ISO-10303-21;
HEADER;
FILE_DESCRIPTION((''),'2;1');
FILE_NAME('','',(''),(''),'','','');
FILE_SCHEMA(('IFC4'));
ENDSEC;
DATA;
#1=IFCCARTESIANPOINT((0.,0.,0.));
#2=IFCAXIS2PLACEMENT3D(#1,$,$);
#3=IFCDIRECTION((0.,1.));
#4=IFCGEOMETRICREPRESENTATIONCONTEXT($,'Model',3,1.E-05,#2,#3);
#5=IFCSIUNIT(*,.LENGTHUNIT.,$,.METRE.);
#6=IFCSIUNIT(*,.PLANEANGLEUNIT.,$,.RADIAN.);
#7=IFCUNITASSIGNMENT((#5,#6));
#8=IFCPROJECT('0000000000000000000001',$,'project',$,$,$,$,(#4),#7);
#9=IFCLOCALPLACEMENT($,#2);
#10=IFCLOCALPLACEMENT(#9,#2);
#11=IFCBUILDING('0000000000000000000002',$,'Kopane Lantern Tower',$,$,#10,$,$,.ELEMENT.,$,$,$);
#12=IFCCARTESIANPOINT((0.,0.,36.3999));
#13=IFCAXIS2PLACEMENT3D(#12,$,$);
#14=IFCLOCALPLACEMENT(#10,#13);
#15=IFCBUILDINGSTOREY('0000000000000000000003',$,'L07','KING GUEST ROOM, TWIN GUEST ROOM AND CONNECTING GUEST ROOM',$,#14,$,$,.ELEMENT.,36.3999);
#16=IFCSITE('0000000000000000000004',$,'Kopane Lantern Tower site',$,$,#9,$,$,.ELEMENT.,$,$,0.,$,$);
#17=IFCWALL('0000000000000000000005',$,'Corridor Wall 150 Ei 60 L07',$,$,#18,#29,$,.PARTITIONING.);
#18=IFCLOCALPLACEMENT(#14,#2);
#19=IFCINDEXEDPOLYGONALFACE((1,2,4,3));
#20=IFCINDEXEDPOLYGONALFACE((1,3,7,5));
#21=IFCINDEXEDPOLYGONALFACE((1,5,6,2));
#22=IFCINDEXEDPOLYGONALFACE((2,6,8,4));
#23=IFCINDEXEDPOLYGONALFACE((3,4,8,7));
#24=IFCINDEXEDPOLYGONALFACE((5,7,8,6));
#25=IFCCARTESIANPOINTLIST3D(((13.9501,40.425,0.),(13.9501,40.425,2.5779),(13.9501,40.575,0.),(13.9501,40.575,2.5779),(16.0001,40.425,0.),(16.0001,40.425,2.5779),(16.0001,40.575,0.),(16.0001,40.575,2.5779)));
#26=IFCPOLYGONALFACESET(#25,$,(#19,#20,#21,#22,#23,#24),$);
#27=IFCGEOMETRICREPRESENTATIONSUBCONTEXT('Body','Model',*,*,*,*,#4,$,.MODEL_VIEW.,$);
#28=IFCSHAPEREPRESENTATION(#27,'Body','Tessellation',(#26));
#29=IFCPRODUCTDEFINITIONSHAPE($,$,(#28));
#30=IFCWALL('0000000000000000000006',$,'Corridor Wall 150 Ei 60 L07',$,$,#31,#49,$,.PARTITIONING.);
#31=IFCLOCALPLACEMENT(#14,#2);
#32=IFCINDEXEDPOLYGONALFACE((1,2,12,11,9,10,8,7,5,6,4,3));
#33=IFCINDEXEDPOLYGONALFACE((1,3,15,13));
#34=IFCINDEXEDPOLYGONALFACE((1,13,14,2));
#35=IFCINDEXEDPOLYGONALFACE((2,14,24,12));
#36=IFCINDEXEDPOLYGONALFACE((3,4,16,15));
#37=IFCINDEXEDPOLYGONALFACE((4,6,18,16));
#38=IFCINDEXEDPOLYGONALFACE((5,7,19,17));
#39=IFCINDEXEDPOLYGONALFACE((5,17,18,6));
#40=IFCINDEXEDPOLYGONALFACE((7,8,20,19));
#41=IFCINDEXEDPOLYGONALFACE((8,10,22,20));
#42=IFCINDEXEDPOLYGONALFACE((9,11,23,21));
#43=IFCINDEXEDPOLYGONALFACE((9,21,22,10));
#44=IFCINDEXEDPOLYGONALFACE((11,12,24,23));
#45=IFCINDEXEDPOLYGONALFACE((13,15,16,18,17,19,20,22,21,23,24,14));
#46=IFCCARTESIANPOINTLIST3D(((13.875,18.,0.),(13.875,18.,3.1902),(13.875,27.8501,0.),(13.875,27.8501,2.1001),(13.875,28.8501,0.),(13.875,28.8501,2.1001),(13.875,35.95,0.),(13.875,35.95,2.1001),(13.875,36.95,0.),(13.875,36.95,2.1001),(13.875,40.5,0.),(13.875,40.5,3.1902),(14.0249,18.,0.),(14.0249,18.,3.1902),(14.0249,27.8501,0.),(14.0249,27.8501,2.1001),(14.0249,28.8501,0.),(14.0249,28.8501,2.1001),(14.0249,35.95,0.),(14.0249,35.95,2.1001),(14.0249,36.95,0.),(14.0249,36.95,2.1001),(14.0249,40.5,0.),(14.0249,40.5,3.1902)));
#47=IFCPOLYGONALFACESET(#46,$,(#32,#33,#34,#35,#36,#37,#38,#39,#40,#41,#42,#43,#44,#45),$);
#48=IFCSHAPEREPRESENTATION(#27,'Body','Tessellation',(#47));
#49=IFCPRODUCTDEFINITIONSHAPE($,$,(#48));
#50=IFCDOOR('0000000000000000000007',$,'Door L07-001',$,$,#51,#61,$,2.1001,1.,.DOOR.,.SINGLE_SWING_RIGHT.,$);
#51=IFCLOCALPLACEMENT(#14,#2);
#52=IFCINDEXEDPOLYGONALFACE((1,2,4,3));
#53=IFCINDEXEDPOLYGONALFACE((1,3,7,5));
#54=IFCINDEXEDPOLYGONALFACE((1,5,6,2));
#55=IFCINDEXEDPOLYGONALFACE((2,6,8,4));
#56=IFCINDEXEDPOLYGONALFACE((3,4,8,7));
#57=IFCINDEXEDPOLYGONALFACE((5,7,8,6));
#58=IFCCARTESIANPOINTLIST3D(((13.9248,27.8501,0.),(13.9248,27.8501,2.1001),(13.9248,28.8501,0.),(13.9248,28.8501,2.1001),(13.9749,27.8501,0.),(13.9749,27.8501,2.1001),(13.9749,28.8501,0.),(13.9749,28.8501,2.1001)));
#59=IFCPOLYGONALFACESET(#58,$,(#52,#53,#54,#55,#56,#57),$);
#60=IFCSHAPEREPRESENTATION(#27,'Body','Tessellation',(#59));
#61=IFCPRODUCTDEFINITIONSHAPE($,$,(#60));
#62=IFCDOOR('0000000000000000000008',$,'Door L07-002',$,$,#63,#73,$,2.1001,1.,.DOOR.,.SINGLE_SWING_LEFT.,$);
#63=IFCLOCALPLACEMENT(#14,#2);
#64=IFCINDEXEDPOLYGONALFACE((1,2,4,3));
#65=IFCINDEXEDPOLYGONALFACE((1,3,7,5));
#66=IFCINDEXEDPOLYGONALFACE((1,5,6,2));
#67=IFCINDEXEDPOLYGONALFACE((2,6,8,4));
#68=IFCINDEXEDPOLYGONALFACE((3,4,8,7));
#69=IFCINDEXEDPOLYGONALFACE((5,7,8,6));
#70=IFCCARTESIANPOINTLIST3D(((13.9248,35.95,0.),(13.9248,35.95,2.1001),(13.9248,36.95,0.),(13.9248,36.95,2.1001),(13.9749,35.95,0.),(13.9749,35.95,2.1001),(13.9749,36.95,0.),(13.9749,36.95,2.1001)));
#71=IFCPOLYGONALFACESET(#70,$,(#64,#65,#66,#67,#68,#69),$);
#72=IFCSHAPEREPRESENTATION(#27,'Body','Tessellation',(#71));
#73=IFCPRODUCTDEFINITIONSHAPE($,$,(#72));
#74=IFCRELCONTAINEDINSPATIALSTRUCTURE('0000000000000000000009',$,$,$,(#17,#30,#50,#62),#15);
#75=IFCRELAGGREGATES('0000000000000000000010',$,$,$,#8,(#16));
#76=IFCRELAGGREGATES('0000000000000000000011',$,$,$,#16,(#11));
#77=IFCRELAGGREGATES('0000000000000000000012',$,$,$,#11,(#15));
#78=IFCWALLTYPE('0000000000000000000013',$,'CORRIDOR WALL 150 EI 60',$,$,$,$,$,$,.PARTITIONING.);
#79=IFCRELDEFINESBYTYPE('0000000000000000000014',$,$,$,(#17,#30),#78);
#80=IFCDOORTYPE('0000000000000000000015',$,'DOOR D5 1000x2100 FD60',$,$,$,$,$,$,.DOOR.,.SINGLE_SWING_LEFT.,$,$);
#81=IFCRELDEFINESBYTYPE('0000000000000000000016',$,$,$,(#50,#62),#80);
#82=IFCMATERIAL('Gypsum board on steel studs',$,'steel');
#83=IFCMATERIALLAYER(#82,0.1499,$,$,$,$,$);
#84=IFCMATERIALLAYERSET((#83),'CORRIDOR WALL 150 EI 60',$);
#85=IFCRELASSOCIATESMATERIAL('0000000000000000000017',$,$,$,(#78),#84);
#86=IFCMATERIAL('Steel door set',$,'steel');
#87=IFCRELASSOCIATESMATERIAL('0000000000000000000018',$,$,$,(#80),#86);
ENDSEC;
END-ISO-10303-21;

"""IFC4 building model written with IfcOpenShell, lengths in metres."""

from ifc_helpers import new_model, si_unit, direction, frame, frame_2d, origin, place, context, subcontext, project, spatial, rectangle, extrude, material, layer, layer_set, type_object, element, fill, save


model = new_model("IFC4")

# Units and contexts
model_context = context("Model", 3, precision=1e-05, world=origin(), true_north=direction((0.0, 1.0)))
body_context = subcontext(model_context, "Body", "Model", "MODEL_VIEW")
ifc_project = project(units=[si_unit("LENGTHUNIT", "METRE"), si_unit("PLANEANGLEUNIT", "RADIAN")], contexts=[model_context])

# Site, building, storey
site_placement = place(None, origin())
site = spatial("IfcSite", under=ifc_project, at=site_placement, Name="Kopane Lantern Tower site", CompositionType="ELEMENT", RefElevation=0.0)
building_placement = place(site_placement, origin())
building = spatial("IfcBuilding", under=site, at=building_placement, Name="Kopane Lantern Tower", CompositionType="ELEMENT")
storey_placement = place(building_placement, frame((0.0, 0.0, 36.3999)))
storey = spatial("IfcBuildingStorey", under=building, at=storey_placement, Name="L07", Description="KING GUEST ROOM, TWIN GUEST ROOM AND CONNECTING GUEST ROOM", CompositionType="ELEMENT", Elevation=36.3999)

# Shared definitions
ifc_material_1 = material(Name="Gypsum board on steel studs", Category="steel")
ifc_layer_1 = layer(ifc_material_1, 0.1499)
ifc_layer_set_1 = layer_set([ifc_layer_1], Name="CORRIDOR WALL 150 EI 60")
wall_type_1 = type_object("IfcWallType", Name="CORRIDOR WALL 150 EI 60", PredefinedType="PARTITIONING", material=ifc_layer_set_1)

# Wall
wall_1_placement = place(storey_placement, frame((16.0, 40.5, 0.0), z_axis=(0.0, 0.0, 1.0), x_axis=(-1.0, 0.0, 0.0)))
element("IfcWall", 1, at=wall_1_placement, inside=storey, type_object=wall_type_1, Name="Corridor Wall 150 Ei 60 L07", PredefinedType="PARTITIONING", context=body_context, shape_type="SweptSolid", body=[
    extrude(rectangle(XDim=2.05, YDim=0.1499, at=frame_2d((1.0249, 0.0))), origin(), (0.0, 0.0, 1.0), 2.5779),
])

# Wall, openings, doors
wall_2_placement = place(storey_placement, frame((13.95, 40.5, 0.0), z_axis=(0.0, 0.0, 1.0), x_axis=(0.0, -1.0, 0.0)))
wall_2 = element("IfcWall", 2, at=wall_2_placement, inside=storey, type_object=wall_type_1, Name="Corridor Wall 150 Ei 60 L07", PredefinedType="PARTITIONING", context=body_context, shape_type="SweptSolid", body=[
    extrude(rectangle(XDim=22.5, YDim=0.1499, at=frame_2d((11.25, 0.0))), origin(), (0.0, 0.0, 1.0), 3.1902),
])
opening_1_placement = place(wall_2_placement, frame((11.6499, 0.0, 0.0)))
opening_1 = element("IfcOpeningElement", 3, at=opening_1_placement, cuts=wall_2, PredefinedType="OPENING", context=body_context, shape_type="SweptSolid", body=[
    extrude(rectangle(XDim=1.0, YDim=2.1001, at=frame_2d((0.5, 1.05))), frame((0.0, 0.085, 0.0), z_axis=(0.0, -1.0, 0.0), x_axis=(1.0, 0.0, 0.0)), (0.0, 0.0, 1.0), 0.1699),
])
opening_2_placement = place(wall_2_placement, frame((3.55, 0.0, 0.0)))
opening_2 = element("IfcOpeningElement", 4, at=opening_2_placement, cuts=wall_2, PredefinedType="OPENING", context=body_context, shape_type="SweptSolid", body=[
    extrude(rectangle(XDim=1.0, YDim=2.1001, at=frame_2d((0.5, 1.05))), frame((0.0, 0.085, 0.0), z_axis=(0.0, -1.0, 0.0), x_axis=(1.0, 0.0, 0.0)), (0.0, 0.0, 1.0), 0.1699),
])
ifc_material_2 = material(Name="Steel door set", Category="steel")
door_type_1 = type_object("IfcDoorType", Name="DOOR D5 1000x2100 FD60", OperationType="SINGLE_SWING_LEFT", PredefinedType="DOOR", material=ifc_material_2)
door_1_placement = place(opening_1_placement, origin())
door_1 = element("IfcDoor", 5, at=door_1_placement, inside=storey, type_object=door_type_1, Name="Door L07-001", OperationType="SINGLE_SWING_RIGHT", OverallHeight=2.1001, OverallWidth=1.0, PredefinedType="DOOR", context=body_context, shape_type="SweptSolid", body=[
    extrude(rectangle(XDim=1.0, YDim=2.1001, at=frame_2d((0.5, 1.05))), frame((0.0, 0.0249, 0.0), z_axis=(0.0, -1.0, 0.0), x_axis=(1.0, 0.0, 0.0)), (0.0, 0.0, 1.0), 0.05),
])
fill(opening_1, door_1)
door_2_placement = place(opening_2_placement, origin())
door_2 = element("IfcDoor", 6, at=door_2_placement, inside=storey, type_object=door_type_1, Name="Door L07-002", OperationType="SINGLE_SWING_LEFT", OverallHeight=2.1001, OverallWidth=1.0, PredefinedType="DOOR", context=body_context, shape_type="SweptSolid", body=[
    extrude(rectangle(XDim=1.0, YDim=2.1001, at=frame_2d((0.5, 1.05))), frame((0.0, 0.0249, 0.0), z_axis=(0.0, -1.0, 0.0), x_axis=(1.0, 0.0, 0.0)), (0.0, 0.0, 1.0), 0.05),
])
fill(opening_2, door_2)

save(model, "model.ifc")
